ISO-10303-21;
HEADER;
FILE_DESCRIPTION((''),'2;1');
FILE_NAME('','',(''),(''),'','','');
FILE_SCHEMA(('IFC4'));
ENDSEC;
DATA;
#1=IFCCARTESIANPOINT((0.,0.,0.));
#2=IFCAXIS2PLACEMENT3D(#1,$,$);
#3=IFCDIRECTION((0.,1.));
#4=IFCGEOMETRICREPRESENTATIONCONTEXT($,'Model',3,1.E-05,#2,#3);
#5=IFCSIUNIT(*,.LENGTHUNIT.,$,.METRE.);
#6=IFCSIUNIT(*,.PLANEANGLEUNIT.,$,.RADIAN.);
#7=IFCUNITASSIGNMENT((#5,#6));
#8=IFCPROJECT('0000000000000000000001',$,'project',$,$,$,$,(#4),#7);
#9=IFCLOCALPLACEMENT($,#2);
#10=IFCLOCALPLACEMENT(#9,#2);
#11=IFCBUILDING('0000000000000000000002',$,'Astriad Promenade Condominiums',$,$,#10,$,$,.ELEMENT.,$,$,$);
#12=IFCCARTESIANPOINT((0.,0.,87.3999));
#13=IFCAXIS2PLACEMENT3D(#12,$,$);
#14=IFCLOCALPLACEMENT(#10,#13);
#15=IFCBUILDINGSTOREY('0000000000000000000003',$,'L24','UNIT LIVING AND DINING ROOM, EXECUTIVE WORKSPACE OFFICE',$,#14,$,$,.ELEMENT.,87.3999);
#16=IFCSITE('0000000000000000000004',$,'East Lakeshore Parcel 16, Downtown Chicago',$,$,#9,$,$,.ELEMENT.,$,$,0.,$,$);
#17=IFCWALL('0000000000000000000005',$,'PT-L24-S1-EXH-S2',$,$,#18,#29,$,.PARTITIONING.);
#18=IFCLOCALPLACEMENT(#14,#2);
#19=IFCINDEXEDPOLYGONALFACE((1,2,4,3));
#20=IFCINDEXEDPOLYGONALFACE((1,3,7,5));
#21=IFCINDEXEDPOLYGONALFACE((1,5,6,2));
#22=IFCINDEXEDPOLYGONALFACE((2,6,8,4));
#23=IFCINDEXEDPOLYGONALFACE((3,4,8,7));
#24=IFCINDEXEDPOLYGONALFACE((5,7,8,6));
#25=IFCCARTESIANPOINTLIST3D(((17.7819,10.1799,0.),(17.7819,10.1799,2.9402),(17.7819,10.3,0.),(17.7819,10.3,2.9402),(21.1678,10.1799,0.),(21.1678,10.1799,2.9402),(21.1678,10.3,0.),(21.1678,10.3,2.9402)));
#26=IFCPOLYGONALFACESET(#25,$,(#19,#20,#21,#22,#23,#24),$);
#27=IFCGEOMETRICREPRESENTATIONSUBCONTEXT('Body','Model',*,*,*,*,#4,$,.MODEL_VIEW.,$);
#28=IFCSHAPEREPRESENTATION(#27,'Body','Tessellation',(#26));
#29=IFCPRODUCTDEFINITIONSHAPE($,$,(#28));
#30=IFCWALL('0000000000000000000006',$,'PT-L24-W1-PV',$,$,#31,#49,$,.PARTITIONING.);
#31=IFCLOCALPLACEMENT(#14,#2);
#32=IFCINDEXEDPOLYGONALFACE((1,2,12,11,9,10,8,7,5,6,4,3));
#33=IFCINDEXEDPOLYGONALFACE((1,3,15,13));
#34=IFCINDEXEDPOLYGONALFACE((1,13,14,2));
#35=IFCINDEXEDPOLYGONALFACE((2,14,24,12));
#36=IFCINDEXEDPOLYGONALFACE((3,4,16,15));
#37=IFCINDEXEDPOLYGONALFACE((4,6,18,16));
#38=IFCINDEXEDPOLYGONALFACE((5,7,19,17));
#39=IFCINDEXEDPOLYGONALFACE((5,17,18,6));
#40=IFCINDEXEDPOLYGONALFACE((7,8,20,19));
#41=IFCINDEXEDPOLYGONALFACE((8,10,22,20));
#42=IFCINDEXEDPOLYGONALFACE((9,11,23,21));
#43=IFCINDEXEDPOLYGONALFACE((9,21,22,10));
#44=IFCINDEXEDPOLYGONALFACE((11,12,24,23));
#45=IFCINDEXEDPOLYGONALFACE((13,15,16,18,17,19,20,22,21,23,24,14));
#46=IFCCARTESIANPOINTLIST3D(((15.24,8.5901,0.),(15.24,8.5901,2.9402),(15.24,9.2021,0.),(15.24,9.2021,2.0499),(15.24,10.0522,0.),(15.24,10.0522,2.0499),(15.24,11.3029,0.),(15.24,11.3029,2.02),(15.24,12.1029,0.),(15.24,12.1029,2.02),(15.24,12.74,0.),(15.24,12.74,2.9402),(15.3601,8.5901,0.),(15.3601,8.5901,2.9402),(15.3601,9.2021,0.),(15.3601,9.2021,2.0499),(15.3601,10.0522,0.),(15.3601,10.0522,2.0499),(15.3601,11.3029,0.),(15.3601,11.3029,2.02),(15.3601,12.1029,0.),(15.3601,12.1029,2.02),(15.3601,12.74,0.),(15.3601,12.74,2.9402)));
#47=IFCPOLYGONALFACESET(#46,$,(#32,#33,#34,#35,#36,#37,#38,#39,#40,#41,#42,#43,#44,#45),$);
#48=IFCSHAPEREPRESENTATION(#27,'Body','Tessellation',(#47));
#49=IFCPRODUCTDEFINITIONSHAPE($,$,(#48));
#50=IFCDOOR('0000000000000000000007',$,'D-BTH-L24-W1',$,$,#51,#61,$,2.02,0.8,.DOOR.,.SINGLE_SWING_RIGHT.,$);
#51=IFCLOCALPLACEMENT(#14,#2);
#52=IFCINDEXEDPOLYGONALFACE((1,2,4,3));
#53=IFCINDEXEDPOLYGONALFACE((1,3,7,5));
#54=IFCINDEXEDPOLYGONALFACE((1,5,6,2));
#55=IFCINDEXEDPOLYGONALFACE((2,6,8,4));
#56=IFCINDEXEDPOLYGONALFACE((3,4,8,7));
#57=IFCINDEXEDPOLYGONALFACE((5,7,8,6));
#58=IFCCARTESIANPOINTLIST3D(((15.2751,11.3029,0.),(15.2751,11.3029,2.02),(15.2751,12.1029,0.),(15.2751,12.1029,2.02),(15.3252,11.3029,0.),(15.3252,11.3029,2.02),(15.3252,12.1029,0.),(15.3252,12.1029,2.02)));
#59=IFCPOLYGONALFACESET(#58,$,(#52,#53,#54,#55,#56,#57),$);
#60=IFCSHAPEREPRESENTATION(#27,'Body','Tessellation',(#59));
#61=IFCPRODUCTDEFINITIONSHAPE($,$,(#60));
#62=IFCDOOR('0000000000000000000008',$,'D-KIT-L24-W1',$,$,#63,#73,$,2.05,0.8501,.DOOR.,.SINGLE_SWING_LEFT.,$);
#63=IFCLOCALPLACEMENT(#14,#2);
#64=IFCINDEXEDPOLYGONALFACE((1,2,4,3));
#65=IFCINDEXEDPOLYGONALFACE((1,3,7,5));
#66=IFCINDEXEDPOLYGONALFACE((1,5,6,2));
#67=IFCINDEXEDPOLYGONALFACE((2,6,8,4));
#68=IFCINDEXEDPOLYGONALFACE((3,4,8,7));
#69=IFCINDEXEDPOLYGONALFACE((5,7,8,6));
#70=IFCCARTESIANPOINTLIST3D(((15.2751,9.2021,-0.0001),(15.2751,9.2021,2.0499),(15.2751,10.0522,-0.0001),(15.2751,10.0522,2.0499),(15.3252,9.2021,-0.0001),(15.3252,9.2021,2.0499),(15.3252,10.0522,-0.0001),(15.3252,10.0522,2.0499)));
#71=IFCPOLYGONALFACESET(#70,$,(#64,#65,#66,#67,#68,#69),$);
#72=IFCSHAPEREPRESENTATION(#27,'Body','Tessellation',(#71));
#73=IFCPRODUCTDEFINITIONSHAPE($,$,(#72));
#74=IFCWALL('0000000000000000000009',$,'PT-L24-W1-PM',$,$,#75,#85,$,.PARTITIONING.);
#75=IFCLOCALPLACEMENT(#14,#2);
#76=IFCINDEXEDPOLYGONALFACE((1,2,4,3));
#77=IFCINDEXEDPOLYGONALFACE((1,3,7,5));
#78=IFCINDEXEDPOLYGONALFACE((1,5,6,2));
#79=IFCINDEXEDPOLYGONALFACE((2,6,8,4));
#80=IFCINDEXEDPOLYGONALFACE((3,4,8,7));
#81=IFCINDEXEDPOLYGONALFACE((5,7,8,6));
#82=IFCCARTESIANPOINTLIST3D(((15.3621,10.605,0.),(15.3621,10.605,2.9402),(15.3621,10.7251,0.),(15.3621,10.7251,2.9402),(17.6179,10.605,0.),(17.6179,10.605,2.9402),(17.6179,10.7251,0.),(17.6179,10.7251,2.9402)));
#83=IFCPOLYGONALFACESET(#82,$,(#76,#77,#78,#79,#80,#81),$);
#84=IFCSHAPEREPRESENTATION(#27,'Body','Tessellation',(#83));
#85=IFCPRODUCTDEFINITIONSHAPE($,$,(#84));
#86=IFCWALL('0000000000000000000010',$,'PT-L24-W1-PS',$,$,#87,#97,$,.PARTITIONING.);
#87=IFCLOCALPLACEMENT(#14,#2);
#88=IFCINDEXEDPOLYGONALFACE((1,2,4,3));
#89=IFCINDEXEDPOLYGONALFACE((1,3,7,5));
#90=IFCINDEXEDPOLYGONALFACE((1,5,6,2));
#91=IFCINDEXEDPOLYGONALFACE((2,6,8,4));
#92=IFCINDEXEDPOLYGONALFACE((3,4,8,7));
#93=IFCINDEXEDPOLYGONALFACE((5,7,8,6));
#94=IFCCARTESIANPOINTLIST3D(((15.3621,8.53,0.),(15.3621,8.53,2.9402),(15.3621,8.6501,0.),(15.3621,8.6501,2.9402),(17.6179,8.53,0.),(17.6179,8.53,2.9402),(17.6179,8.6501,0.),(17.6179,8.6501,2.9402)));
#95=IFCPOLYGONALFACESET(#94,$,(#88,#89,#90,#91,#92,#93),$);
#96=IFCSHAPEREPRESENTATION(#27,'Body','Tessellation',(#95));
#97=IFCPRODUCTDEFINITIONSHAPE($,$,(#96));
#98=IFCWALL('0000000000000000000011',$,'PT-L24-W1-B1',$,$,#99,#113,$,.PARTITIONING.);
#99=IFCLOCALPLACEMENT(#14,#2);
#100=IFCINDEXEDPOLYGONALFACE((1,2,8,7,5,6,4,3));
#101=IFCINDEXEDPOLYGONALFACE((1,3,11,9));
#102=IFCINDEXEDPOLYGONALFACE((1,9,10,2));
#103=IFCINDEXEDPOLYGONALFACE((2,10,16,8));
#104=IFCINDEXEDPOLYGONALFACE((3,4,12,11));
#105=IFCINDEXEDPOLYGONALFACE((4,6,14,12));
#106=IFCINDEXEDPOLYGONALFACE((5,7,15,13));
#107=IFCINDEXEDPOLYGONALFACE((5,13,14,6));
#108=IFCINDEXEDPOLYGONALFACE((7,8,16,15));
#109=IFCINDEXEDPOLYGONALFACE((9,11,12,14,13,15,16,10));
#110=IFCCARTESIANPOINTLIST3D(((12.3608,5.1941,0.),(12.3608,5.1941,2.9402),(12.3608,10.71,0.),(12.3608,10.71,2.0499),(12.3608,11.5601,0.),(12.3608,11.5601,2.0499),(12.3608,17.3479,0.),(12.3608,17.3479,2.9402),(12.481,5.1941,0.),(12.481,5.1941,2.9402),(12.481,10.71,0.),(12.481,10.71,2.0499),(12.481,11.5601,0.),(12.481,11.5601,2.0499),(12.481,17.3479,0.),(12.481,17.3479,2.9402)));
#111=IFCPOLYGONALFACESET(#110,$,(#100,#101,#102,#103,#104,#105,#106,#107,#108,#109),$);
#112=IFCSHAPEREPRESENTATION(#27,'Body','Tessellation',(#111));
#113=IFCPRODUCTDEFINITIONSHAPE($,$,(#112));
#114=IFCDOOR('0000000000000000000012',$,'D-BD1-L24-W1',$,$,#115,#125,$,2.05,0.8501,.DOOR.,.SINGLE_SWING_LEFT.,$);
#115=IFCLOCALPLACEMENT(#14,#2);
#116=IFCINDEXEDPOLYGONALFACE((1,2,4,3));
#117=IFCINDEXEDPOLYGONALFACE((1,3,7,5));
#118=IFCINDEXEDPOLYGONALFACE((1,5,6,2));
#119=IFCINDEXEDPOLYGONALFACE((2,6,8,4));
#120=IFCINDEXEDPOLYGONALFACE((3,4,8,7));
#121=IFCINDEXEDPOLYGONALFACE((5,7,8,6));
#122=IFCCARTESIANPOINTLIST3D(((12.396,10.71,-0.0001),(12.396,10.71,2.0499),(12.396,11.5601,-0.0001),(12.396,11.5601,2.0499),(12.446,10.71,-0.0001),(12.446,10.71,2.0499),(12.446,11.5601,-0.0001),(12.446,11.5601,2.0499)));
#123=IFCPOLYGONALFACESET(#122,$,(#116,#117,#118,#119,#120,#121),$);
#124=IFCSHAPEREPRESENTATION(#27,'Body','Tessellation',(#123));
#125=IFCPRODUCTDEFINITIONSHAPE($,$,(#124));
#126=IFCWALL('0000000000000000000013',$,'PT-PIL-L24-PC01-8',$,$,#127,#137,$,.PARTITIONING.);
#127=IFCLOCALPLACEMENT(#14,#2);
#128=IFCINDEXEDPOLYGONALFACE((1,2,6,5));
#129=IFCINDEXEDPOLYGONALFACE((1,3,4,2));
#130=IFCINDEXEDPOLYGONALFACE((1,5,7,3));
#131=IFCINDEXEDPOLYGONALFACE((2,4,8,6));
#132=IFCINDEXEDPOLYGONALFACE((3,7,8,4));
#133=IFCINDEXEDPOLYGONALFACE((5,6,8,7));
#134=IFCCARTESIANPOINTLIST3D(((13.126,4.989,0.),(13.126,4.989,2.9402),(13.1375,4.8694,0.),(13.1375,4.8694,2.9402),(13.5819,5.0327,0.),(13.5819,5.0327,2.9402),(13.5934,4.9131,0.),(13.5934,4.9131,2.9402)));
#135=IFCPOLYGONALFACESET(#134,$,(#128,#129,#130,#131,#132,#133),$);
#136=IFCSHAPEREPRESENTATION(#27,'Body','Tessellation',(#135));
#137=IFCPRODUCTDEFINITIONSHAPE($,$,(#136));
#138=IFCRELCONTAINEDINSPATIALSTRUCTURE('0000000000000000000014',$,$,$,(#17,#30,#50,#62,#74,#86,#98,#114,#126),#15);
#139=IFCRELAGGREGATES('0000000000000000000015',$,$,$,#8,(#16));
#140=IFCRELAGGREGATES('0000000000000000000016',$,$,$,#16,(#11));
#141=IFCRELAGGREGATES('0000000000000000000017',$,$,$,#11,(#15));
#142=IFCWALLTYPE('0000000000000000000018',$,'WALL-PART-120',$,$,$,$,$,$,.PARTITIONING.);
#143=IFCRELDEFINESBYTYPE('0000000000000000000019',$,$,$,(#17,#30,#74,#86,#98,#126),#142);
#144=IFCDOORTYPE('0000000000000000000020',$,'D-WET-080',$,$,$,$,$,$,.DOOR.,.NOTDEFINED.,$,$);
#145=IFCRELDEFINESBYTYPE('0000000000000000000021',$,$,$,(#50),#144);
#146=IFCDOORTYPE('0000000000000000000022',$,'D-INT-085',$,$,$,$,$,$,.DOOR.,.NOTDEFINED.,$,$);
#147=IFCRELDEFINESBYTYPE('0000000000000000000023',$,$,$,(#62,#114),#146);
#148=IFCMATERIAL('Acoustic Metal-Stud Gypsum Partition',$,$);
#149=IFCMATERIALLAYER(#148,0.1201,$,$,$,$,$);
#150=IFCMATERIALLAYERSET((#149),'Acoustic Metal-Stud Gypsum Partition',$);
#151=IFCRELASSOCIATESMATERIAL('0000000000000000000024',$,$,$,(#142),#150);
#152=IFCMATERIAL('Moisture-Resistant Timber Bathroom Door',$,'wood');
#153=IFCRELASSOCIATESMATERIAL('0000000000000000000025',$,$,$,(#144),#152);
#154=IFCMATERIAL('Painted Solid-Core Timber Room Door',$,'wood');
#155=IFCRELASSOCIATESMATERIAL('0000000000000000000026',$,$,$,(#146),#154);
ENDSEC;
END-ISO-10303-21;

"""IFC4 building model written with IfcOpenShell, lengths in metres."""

from ifc_helpers import new_model, si_unit, direction, frame, frame_2d, origin, place, context, subcontext, project, spatial, rectangle, extrude, source, transform, mapped, material, layer, layer_set, type_object, type_shapes, element, fill, save


model = new_model("IFC4")

# Units and contexts
model_context = context("Model", 3, precision=1e-05, world=origin(), true_north=direction((0.0, 1.0)))
body_context = subcontext(model_context, "Body", "Model", "MODEL_VIEW")
ifc_project = project(units=[si_unit("LENGTHUNIT", "METRE"), si_unit("PLANEANGLEUNIT", "RADIAN")], contexts=[model_context])

# Site, building, storey
site_placement = place(None, origin())
site = spatial("IfcSite", under=ifc_project, at=site_placement, Name="East Lakeshore Parcel 16, Downtown Chicago", CompositionType="ELEMENT", RefElevation=0.0)
building_placement = place(site_placement, origin())
building = spatial("IfcBuilding", under=site, at=building_placement, Name="Astriad Promenade Condominiums", CompositionType="ELEMENT")
storey_placement = place(building_placement, frame((0.0, 0.0, 87.3999)))
storey = spatial("IfcBuildingStorey", under=building, at=storey_placement, Name="L24", Description="UNIT LIVING AND DINING ROOM, EXECUTIVE WORKSPACE OFFICE", CompositionType="ELEMENT", Elevation=87.3999)

# Wall
ifc_material_1 = material(Name="Acoustic Metal-Stud Gypsum Partition")
ifc_layer_1 = layer(ifc_material_1, 0.1201)
ifc_layer_set_1 = layer_set([ifc_layer_1], Name="Acoustic Metal-Stud Gypsum Partition")
wall_type_1 = type_object("IfcWallType", Name="WALL-PART-120", PredefinedType="PARTITIONING", material=ifc_layer_set_1)
wall_1_placement = place(storey_placement, frame((17.782, 10.24, 0.0), z_axis=(0.0, 0.0, 1.0), x_axis=(1.0, 0.0, 0.0)))
element("IfcWall", 1, at=wall_1_placement, inside=storey, type_object=wall_type_1, Name="PT-L24-S1-EXH-S2", PredefinedType="PARTITIONING", context=body_context, shape_type="SweptSolid", body=[
    extrude(rectangle(XDim=3.386, YDim=0.1201, at=frame_2d((1.6929, 0.0))), origin(), (0.0, 0.0, 1.0), 2.9402),
])

# Wall, openings, doors
wall_2_placement = place(storey_placement, frame((15.3, 8.5901, 0.0), z_axis=(0.0, 0.0, 1.0), x_axis=(0.0, 1.0, 0.0)))
wall_2 = element("IfcWall", 2, at=wall_2_placement, inside=storey, type_object=wall_type_1, Name="PT-L24-W1-PV", PredefinedType="PARTITIONING", context=body_context, shape_type="SweptSolid", body=[
    extrude(rectangle(XDim=4.1499, YDim=0.1201, at=frame_2d((2.075, 0.0))), origin(), (0.0, 0.0, 1.0), 2.9402),
])
opening_1_placement = place(wall_2_placement, frame((0.6121, 0.0, 0.0)))
opening_1 = element("IfcOpeningElement", 3, at=opening_1_placement, cuts=wall_2, PredefinedType="OPENING", context=body_context, shape_type="SweptSolid", body=[
    extrude(rectangle(XDim=0.8501, YDim=2.05, at=frame_2d((0.425, 1.0249))), frame((0.0, 0.0701, 0.0), z_axis=(0.0, -1.0, 0.0), x_axis=(1.0, 0.0, 0.0)), (0.0, 0.0, 1.0), 0.1401),
])
opening_2_placement = place(wall_2_placement, frame((2.7129, 0.0, 0.0)))
opening_2 = element("IfcOpeningElement", 4, at=opening_2_placement, cuts=wall_2, PredefinedType="OPENING", context=body_context, shape_type="SweptSolid", body=[
    extrude(rectangle(XDim=0.8, YDim=2.02, at=frame_2d((0.3999, 1.01))), frame((0.0, 0.0701, 0.0), z_axis=(0.0, -1.0, 0.0), x_axis=(1.0, 0.0, 0.0)), (0.0, 0.0, 1.0), 0.1401),
])
ifc_material_2 = material(Name="Moisture-Resistant Timber Bathroom Door", Category="wood")
door_type_1 = type_object("IfcDoorType", Name="D-WET-080", OperationType="NOTDEFINED", PredefinedType="DOOR", material=ifc_material_2)
shared_shape_1 = source(origin(), body_context, "Body", "SweptSolid", [
    extrude(rectangle(XDim=0.8, YDim=2.02, at=frame_2d((0.3999, 1.01))), frame((0.0, 0.0249, 0.0), z_axis=(0.0, -1.0, 0.0), x_axis=(1.0, 0.0, 0.0)), (0.0, 0.0, 1.0), 0.05),
])
type_shapes(door_type_1, [shared_shape_1])
door_1_placement = place(opening_2_placement, origin())
door_1 = element("IfcDoor", 5, at=door_1_placement, inside=storey, type_object=door_type_1, Name="D-BTH-L24-W1", OperationType="SINGLE_SWING_RIGHT", OverallHeight=2.02, OverallWidth=0.8, PredefinedType="DOOR", context=body_context, shape_type="MappedRepresentation", body=[
    mapped(shared_shape_1, transform((0.0, 0.0, 0.0), scale=1.0)),
])
fill(opening_2, door_1)
ifc_material_3 = material(Name="Painted Solid-Core Timber Room Door", Category="wood")
door_type_2 = type_object("IfcDoorType", Name="D-INT-085", OperationType="NOTDEFINED", PredefinedType="DOOR", material=ifc_material_3)
shared_shape_2 = source(origin(), body_context, "Body", "SweptSolid", [
    extrude(rectangle(XDim=0.8501, YDim=2.05, at=frame_2d((0.425, 1.0249))), frame((0.0, 0.0249, 0.0), z_axis=(0.0, -1.0, 0.0), x_axis=(1.0, 0.0, 0.0)), (0.0, 0.0, 1.0), 0.05),
])
type_shapes(door_type_2, [shared_shape_2])
door_2_placement = place(opening_1_placement, origin())
door_2 = element("IfcDoor", 6, at=door_2_placement, inside=storey, type_object=door_type_2, Name="D-KIT-L24-W1", OperationType="SINGLE_SWING_LEFT", OverallHeight=2.05, OverallWidth=0.8501, PredefinedType="DOOR", context=body_context, shape_type="MappedRepresentation", body=[
    mapped(shared_shape_2, transform((0.0, 0.0, 0.0), scale=1.0)),
])
fill(opening_1, door_2)

# Walls
for number, where, z_axis, x_axis, name in (
    (7, (15.3621, 10.665, 0.0), (0.0, 0.0, 1.0), (1.0, 0.0, 0.0), "PT-L24-W1-PM"),
    (8, (15.3621, 8.5901, 0.0), (0.0, 0.0, 1.0), (1.0, 0.0, 0.0), "PT-L24-W1-PS"),
):
    element("IfcWall", number, at=place(storey_placement, frame(where, z_axis=z_axis, x_axis=x_axis)), inside=storey, type_object=wall_type_1, Name=name, PredefinedType="PARTITIONING", context=body_context, shape_type="SweptSolid", body=[
        extrude(rectangle(XDim=2.2559, YDim=0.1201, at=frame_2d((1.1279, 0.0))), origin(), (0.0, 0.0, 1.0), 2.9402),
    ])

# Wall, opening, door
wall_3_placement = place(storey_placement, frame((12.4209, 5.1941, 0.0), z_axis=(0.0, 0.0, 1.0), x_axis=(0.0, 1.0, 0.0)))
wall_3 = element("IfcWall", 9, at=wall_3_placement, inside=storey, type_object=wall_type_1, Name="PT-L24-W1-B1", PredefinedType="PARTITIONING", context=body_context, shape_type="SweptSolid", body=[
    extrude(rectangle(XDim=12.1538, YDim=0.1201, at=frame_2d((6.0769, 0.0))), origin(), (0.0, 0.0, 1.0), 2.9402),
])
opening_3_placement = place(wall_3_placement, frame((5.5159, 0.0, 0.0)))
opening_3 = element("IfcOpeningElement", 10, at=opening_3_placement, cuts=wall_3, PredefinedType="OPENING", context=body_context, shape_type="SweptSolid", body=[
    extrude(rectangle(XDim=0.8501, YDim=2.05, at=frame_2d((0.425, 1.0249))), frame((0.0, 0.0701, 0.0), z_axis=(0.0, -1.0, 0.0), x_axis=(1.0, 0.0, 0.0)), (0.0, 0.0, 1.0), 0.1401),
])
door_3_placement = place(opening_3_placement, origin())
door_3 = element("IfcDoor", 11, at=door_3_placement, inside=storey, type_object=door_type_2, Name="D-BD1-L24-W1", OperationType="SINGLE_SWING_LEFT", OverallHeight=2.05, OverallWidth=0.8501, PredefinedType="DOOR", context=body_context, shape_type="MappedRepresentation", body=[
    mapped(shared_shape_2, transform((0.0, 0.0, 0.0), scale=1.0)),
])
fill(opening_3, door_3)

# Wall
wall_4_placement = place(storey_placement, frame((13.5876, 4.9729, 0.0), z_axis=(0.0, 0.0, 1.0), x_axis=(-0.995435, -0.095438, 0.0)))
element("IfcWall", 12, at=wall_4_placement, inside=storey, type_object=wall_type_1, Name="PT-PIL-L24-PC01-8", PredefinedType="PARTITIONING", context=body_context, shape_type="SweptSolid", body=[
    extrude(rectangle(XDim=0.458, YDim=0.1201, at=frame_2d((0.229, 0.0))), origin(), (0.0, 0.0, 1.0), 2.9402),
])

save(model, "model.ifc")
